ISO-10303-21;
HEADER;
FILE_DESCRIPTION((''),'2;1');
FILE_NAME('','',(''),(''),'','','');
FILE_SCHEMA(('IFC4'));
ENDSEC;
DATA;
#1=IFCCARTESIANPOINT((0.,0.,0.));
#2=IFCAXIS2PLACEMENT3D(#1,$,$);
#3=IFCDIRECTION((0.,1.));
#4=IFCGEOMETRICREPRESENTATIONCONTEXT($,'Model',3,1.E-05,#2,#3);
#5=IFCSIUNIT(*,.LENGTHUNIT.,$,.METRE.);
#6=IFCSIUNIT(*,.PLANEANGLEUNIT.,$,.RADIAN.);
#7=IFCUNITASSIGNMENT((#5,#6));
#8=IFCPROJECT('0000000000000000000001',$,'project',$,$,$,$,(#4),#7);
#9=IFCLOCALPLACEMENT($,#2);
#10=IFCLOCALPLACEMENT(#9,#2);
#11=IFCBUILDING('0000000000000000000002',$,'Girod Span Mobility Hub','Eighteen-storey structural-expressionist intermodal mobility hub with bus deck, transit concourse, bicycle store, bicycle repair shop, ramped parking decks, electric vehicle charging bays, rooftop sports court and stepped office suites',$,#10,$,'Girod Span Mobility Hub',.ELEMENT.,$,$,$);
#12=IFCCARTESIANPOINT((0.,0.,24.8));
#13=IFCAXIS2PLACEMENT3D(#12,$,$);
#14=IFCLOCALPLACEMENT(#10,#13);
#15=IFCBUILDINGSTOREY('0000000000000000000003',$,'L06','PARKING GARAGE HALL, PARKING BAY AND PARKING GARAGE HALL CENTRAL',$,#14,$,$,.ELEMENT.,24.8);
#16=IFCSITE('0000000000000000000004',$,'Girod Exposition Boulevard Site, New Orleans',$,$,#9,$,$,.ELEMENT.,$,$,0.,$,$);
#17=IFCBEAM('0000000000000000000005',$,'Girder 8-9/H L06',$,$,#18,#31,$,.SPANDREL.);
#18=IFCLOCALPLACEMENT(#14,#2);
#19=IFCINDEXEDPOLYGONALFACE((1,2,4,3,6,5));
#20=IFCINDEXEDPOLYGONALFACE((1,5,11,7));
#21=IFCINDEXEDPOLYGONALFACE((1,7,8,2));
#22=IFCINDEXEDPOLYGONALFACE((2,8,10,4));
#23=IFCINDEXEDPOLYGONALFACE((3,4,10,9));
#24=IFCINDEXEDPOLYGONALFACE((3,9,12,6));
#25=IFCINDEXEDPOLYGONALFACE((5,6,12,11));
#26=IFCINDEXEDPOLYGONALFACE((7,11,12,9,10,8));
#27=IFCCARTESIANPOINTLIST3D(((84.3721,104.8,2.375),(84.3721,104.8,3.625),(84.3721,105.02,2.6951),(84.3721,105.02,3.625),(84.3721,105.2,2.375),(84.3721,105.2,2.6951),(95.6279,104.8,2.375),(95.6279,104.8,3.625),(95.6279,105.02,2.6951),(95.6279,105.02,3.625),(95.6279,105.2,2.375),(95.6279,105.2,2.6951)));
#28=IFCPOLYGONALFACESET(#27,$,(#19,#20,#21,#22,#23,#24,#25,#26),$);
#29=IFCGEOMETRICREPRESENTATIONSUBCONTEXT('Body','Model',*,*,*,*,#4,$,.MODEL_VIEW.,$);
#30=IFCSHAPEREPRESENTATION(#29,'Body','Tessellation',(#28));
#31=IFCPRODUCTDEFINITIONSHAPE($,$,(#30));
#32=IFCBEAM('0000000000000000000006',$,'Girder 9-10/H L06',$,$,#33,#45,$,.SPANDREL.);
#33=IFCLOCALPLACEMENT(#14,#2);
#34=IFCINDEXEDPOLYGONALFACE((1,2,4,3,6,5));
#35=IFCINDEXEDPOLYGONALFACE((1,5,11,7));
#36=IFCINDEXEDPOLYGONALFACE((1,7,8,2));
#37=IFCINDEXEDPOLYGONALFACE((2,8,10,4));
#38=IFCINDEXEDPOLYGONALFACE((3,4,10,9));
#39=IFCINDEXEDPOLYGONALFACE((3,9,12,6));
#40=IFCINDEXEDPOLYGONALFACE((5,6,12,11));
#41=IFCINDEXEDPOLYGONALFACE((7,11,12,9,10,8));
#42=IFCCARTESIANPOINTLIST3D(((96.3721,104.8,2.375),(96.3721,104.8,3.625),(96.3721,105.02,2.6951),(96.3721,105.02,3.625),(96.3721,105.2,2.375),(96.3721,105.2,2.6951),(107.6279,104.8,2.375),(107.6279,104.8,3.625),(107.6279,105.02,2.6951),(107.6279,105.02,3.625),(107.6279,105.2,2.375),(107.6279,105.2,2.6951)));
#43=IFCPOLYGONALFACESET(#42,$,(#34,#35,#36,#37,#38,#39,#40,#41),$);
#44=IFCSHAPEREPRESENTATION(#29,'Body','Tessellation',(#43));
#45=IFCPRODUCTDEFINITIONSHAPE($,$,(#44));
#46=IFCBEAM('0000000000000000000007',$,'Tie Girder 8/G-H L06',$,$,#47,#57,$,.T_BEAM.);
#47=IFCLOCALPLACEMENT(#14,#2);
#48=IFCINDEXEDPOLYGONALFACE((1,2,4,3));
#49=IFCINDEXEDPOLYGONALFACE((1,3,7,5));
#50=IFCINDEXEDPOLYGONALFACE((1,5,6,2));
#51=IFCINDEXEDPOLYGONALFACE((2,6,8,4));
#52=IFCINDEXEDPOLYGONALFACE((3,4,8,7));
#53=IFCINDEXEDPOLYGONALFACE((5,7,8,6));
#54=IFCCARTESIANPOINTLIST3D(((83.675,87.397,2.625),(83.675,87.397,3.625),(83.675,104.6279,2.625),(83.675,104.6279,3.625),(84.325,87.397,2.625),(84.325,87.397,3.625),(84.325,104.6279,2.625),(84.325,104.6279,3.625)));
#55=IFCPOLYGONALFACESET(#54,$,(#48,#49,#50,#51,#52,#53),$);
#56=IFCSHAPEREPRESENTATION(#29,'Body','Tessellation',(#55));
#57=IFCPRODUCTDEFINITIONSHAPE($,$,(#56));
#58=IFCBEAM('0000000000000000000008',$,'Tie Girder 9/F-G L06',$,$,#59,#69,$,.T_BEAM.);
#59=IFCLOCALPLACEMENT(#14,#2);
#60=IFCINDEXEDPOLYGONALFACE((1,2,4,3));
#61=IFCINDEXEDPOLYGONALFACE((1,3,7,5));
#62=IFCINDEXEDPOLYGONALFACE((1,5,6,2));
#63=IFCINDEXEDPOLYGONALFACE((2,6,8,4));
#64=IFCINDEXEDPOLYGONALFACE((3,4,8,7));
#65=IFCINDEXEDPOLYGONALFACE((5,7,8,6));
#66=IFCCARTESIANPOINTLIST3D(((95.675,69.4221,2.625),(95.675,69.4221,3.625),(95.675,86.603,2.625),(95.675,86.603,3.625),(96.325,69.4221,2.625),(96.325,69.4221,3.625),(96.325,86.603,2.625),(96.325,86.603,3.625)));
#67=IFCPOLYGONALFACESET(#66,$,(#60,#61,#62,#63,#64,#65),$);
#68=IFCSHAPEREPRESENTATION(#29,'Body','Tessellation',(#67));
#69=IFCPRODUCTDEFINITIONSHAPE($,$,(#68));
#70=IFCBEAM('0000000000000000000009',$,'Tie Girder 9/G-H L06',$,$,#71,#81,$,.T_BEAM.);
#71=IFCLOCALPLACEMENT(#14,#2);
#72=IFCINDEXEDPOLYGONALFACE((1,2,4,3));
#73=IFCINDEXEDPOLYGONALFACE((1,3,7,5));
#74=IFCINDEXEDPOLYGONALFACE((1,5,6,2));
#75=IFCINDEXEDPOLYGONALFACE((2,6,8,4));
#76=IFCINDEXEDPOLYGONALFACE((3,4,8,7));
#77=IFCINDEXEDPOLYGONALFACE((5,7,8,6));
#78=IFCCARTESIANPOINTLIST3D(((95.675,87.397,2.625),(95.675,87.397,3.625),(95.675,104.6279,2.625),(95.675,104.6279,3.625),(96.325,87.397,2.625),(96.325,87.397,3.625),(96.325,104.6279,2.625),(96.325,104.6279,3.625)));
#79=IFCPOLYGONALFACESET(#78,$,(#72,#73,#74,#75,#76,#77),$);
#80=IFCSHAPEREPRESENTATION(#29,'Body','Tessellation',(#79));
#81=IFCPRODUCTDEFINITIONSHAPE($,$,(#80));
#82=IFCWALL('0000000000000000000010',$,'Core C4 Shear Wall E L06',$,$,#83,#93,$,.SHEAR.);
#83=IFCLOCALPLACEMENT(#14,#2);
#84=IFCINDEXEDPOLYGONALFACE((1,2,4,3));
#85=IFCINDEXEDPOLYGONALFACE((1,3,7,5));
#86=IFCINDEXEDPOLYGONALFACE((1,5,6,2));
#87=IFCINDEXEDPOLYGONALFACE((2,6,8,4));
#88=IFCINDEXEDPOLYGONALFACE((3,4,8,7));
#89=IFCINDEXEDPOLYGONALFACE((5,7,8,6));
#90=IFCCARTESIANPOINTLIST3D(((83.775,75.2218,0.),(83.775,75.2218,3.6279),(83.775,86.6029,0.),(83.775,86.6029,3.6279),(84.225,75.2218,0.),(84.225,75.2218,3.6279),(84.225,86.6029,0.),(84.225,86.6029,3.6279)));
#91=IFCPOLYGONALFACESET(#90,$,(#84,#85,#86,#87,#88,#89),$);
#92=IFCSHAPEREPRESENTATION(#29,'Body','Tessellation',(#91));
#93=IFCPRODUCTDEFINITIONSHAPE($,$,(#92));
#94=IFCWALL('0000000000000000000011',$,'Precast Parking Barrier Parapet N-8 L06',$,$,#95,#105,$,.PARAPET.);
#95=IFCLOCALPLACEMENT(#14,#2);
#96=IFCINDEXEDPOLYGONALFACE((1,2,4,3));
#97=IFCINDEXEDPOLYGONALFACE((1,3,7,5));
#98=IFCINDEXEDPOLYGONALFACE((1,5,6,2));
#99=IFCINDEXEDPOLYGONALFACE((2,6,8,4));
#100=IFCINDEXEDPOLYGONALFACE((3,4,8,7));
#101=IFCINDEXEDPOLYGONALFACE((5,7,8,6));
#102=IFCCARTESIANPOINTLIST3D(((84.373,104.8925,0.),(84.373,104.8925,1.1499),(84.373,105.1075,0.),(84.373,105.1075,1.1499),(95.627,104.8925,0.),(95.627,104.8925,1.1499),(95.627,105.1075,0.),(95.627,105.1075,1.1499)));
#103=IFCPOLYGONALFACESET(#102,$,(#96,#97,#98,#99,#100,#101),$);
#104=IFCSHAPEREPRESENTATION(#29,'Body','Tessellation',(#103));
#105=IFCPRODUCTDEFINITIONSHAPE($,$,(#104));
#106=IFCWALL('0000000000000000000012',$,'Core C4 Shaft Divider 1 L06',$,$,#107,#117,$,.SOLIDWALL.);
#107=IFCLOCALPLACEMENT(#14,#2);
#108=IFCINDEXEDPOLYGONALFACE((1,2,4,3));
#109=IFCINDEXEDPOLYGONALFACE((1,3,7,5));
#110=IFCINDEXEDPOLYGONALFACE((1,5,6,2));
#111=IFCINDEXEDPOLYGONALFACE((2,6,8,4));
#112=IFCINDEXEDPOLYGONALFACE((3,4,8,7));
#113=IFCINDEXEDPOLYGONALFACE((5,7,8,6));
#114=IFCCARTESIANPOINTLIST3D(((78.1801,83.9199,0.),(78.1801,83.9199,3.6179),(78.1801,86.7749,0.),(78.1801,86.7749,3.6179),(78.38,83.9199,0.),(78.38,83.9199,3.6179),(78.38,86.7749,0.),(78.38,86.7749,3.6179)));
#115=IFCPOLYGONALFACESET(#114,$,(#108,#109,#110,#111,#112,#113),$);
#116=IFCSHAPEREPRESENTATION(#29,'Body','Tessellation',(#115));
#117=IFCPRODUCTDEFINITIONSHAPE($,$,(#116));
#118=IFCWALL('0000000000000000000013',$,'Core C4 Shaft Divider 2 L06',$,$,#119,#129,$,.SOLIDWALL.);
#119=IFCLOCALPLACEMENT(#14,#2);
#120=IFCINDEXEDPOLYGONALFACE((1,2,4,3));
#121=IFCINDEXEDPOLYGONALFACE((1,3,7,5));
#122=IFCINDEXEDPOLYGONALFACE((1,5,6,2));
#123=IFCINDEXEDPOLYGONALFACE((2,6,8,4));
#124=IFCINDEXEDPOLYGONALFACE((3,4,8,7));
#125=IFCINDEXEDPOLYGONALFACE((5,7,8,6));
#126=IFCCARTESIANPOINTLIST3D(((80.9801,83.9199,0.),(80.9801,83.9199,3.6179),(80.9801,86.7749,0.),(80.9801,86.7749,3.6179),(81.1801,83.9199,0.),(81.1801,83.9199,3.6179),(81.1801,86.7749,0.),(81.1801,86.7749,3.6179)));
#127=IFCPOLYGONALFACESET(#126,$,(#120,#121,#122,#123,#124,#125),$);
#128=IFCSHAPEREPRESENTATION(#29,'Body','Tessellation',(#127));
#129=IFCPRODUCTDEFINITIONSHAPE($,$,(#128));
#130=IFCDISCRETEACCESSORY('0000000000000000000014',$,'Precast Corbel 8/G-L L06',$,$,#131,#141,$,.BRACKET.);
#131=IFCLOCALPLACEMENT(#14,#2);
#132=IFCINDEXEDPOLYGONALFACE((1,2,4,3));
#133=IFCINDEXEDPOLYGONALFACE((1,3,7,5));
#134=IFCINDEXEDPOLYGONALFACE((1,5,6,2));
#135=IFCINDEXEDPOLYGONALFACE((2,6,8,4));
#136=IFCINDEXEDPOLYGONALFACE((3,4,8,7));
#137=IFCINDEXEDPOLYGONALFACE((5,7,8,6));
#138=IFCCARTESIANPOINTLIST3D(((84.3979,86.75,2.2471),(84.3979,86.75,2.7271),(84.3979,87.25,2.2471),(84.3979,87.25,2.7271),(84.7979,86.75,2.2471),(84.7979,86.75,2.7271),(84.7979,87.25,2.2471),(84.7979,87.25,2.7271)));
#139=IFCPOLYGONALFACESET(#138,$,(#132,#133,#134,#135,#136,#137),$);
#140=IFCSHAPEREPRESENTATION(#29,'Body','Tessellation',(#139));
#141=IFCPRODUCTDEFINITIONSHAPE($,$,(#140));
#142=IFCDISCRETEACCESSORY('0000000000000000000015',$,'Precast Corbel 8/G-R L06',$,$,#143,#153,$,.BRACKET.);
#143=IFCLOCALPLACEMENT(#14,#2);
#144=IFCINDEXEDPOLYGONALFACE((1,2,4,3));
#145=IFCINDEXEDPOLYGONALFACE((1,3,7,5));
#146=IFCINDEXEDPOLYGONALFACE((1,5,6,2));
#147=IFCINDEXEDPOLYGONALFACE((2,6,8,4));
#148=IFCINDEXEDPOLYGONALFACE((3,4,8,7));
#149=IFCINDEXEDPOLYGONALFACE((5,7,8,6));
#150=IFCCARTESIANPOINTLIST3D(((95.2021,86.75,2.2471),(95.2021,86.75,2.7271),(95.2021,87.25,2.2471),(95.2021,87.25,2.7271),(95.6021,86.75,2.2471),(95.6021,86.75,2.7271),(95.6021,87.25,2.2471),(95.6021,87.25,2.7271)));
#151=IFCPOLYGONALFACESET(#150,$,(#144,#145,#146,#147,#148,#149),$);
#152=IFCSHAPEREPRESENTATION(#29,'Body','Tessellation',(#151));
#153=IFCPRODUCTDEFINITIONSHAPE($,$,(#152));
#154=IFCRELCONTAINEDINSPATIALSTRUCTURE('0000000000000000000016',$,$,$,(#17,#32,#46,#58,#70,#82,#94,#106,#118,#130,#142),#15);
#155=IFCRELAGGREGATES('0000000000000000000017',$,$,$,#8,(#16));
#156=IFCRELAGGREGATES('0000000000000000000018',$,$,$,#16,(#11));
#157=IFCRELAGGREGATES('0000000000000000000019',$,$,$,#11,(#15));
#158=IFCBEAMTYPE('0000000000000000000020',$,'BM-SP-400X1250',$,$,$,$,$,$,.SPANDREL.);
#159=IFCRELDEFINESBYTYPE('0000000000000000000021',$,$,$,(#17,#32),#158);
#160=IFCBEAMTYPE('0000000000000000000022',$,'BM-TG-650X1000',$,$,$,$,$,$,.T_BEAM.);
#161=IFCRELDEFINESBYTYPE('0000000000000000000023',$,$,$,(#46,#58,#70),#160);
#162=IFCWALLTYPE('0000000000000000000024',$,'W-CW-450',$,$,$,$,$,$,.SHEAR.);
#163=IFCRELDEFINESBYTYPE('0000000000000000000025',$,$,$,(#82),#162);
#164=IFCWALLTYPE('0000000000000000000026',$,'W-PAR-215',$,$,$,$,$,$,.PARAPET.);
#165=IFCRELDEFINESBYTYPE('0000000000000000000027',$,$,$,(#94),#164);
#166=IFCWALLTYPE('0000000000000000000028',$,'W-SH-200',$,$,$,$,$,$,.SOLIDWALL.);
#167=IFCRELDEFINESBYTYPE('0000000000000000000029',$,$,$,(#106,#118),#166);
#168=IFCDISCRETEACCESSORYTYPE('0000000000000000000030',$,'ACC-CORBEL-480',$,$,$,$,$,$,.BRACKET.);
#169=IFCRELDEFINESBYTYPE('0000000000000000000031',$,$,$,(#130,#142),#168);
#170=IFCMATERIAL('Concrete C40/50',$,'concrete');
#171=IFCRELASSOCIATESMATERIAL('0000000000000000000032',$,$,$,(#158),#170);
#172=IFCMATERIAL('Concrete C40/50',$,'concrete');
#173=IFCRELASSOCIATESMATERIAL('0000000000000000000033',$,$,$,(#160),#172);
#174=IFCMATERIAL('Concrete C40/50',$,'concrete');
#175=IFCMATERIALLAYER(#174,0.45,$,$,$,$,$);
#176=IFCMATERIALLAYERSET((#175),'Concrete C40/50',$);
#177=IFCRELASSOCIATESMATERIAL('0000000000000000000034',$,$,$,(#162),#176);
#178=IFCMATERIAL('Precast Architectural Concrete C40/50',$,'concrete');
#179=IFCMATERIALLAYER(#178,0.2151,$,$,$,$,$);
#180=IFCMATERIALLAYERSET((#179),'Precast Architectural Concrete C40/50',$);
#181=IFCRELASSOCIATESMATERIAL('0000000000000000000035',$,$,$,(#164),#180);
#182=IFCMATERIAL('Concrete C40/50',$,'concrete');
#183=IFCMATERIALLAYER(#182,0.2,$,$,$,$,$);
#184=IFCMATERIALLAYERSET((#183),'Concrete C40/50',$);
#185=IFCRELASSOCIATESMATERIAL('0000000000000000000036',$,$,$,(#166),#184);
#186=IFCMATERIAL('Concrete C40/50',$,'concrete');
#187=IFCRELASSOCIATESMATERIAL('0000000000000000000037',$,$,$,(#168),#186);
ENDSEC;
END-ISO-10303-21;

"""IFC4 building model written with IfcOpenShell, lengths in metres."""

from ifc_helpers import new_model, si_unit, direction, frame, frame_2d, origin, origin_2d, place, context, subcontext, project, spatial, polyline, rectangle, outline, extrude, material, layer, layer_set, material_profile, profile_set, type_object, element, save


model = new_model("IFC4")

# Units and contexts
model_context = context("Model", 3, precision=1e-05, world=origin(), true_north=direction((0.0, 1.0)))
body_context = subcontext(model_context, "Body", "Model", "MODEL_VIEW")
ifc_project = project(units=[si_unit("LENGTHUNIT", "METRE"), si_unit("PLANEANGLEUNIT", "RADIAN")], contexts=[model_context])

# Site, building, storey
site_placement = place(None, origin())
site = spatial("IfcSite", under=ifc_project, at=site_placement, Name="Girod Exposition Boulevard Site, New Orleans", CompositionType="ELEMENT", RefElevation=0.0)
building_placement = place(site_placement, origin())
building = spatial("IfcBuilding", under=site, at=building_placement, Name="Girod Span Mobility Hub", Description="Eighteen-storey structural-expressionist intermodal mobility hub with bus deck, transit concourse, bicycle store, bicycle repair shop, ramped parking decks, electric vehicle charging bays, rooftop sports court and stepped office suites", LongName="Girod Span Mobility Hub", CompositionType="ELEMENT")
storey_placement = place(building_placement, frame((0.0, 0.0, 24.8)))
storey = spatial("IfcBuildingStorey", under=building, at=storey_placement, Name="L06", Description="PARKING GARAGE HALL, PARKING BAY AND PARKING GARAGE HALL CENTRAL", CompositionType="ELEMENT", Elevation=24.8)

# Beams
ifc_material_1 = material(Name="Concrete C40/50", Category="concrete")
ifc_material_profile_1 = material_profile(ifc_material_1, outline(polyline([(-0.2, -0.625), (0.2, -0.625), (0.2, -0.3049), (0.02, -0.3049), (0.02, 0.625), (-0.2, 0.625), (-0.2, -0.625)])), Name="SP-400X1250")
ifc_profile_set_1 = profile_set([ifc_material_profile_1], Name="Concrete C40/50")
beam_type_1 = type_object("IfcBeamType", Name="BM-SP-400X1250", PredefinedType="SPANDREL", material=ifc_profile_set_1)
for number, where, z_axis, x_axis, name in (
    (1, (84.3721, 105.0, 3.0), (1.0, 0.0, 0.0), (0.0, 1.0, 0.0), "Girder 8-9/H L06"),
    (2, (96.3721, 105.0, 3.0), (1.0, 0.0, 0.0), (0.0, 1.0, 0.0), "Girder 9-10/H L06"),
):
    element("IfcBeam", number, at=place(storey_placement, frame(where, z_axis=z_axis, x_axis=x_axis)), inside=storey, type_object=beam_type_1, Name=name, PredefinedType="SPANDREL", context=body_context, shape_type="SweptSolid", body=[
        extrude(outline(polyline([(-0.2, -0.625), (0.2, -0.625), (0.2, -0.3049), (0.02, -0.3049), (0.02, 0.625), (-0.2, 0.625), (-0.2, -0.625)])), origin(), (0.0, 0.0, 1.0), 11.2559),
    ])
ifc_material_2 = material(Name="Concrete C40/50", Category="concrete")
ifc_material_profile_2 = material_profile(ifc_material_2, rectangle(XDim=0.6499, YDim=1.0, at=origin_2d()), Name="TG-650X1000")
ifc_profile_set_2 = profile_set([ifc_material_profile_2], Name="Concrete C40/50")
beam_type_2 = type_object("IfcBeamType", Name="BM-TG-650X1000", PredefinedType="T_BEAM", material=ifc_profile_set_2)
beam_1_placement = place(storey_placement, frame((84.0, 87.397, 3.125), z_axis=(0.0, 1.0, 0.0), x_axis=(-1.0, 0.0, 0.0)))
element("IfcBeam", 3, at=beam_1_placement, inside=storey, type_object=beam_type_2, Name="Tie Girder 8/G-H L06", PredefinedType="T_BEAM", context=body_context, shape_type="SweptSolid", body=[
    extrude(rectangle(XDim=0.6499, YDim=1.0, at=origin_2d()), origin(), (0.0, 0.0, 1.0), 17.231),
])
beam_2_placement = place(storey_placement, frame((96.0, 69.4221, 3.125), z_axis=(0.0, 1.0, 0.0), x_axis=(-1.0, 0.0, 0.0)))
element("IfcBeam", 4, at=beam_2_placement, inside=storey, type_object=beam_type_2, Name="Tie Girder 9/F-G L06", PredefinedType="T_BEAM", context=body_context, shape_type="SweptSolid", body=[
    extrude(rectangle(XDim=0.6499, YDim=1.0, at=origin_2d()), origin(), (0.0, 0.0, 1.0), 17.1809),
])
beam_3_placement = place(storey_placement, frame((96.0, 87.397, 3.125), z_axis=(0.0, 1.0, 0.0), x_axis=(-1.0, 0.0, 0.0)))
element("IfcBeam", 5, at=beam_3_placement, inside=storey, type_object=beam_type_2, Name="Tie Girder 9/G-H L06", PredefinedType="T_BEAM", context=body_context, shape_type="SweptSolid", body=[
    extrude(rectangle(XDim=0.6499, YDim=1.0, at=origin_2d()), origin(), (0.0, 0.0, 1.0), 17.231),
])

# Walls
ifc_material_3 = material(Name="Concrete C40/50", Category="concrete")
ifc_layer_1 = layer(ifc_material_3, 0.45)
ifc_layer_set_1 = layer_set([ifc_layer_1], Name="Concrete C40/50")
wall_type_1 = type_object("IfcWallType", Name="W-CW-450", PredefinedType="SHEAR", material=ifc_layer_set_1)
wall_1_placement = place(storey_placement, frame((84.0, 75.2219, 0.0), z_axis=(0.0, 0.0, 1.0), x_axis=(0.0, 1.0, 0.0)))
element("IfcWall", 6, at=wall_1_placement, inside=storey, type_object=wall_type_1, Name="Core C4 Shear Wall E L06", PredefinedType="SHEAR", context=body_context, shape_type="SweptSolid", body=[
    extrude(rectangle(XDim=11.3811, YDim=0.45, at=frame_2d((5.6904, 0.0))), origin(), (0.0, 0.0, 1.0), 3.6279),
])
ifc_material_4 = material(Name="Precast Architectural Concrete C40/50", Category="concrete")
ifc_layer_2 = layer(ifc_material_4, 0.2151)
ifc_layer_set_2 = layer_set([ifc_layer_2], Name="Precast Architectural Concrete C40/50")
wall_type_2 = type_object("IfcWallType", Name="W-PAR-215", PredefinedType="PARAPET", material=ifc_layer_set_2)
wall_2_placement = place(storey_placement, frame((84.373, 105.0, 0.0), z_axis=(0.0, 0.0, 1.0), x_axis=(1.0, 0.0, 0.0)))
element("IfcWall", 7, at=wall_2_placement, inside=storey, type_object=wall_type_2, Name="Precast Parking Barrier Parapet N-8 L06", PredefinedType="PARAPET", context=body_context, shape_type="SweptSolid", body=[
    extrude(rectangle(XDim=11.2539, YDim=0.2151, at=frame_2d((5.627, 0.0))), origin(), (0.0, 0.0, 1.0), 1.1499),
])
ifc_material_5 = material(Name="Concrete C40/50", Category="concrete")
ifc_layer_3 = layer(ifc_material_5, 0.2)
ifc_layer_set_3 = layer_set([ifc_layer_3], Name="Concrete C40/50")
wall_type_3 = type_object("IfcWallType", Name="W-SH-200", PredefinedType="SOLIDWALL", material=ifc_layer_set_3)
for number, where, z_axis, x_axis, name in (
    (8, (78.28, 83.9199, 0.0), (0.0, 0.0, 1.0), (0.0, 1.0, 0.0), "Core C4 Shaft Divider 1 L06"),
    (9, (81.0801, 83.9199, 0.0), (0.0, 0.0, 1.0), (0.0, 1.0, 0.0), "Core C4 Shaft Divider 2 L06"),
):
    element("IfcWall", number, at=place(storey_placement, frame(where, z_axis=z_axis, x_axis=x_axis)), inside=storey, type_object=wall_type_3, Name=name, PredefinedType="SOLIDWALL", context=body_context, shape_type="SweptSolid", body=[
        extrude(rectangle(XDim=2.855, YDim=0.2, at=frame_2d((1.4275, 0.0))), origin(), (0.0, 0.0, 1.0), 3.6179),
    ])

# Discrete accessories
ifc_material_6 = material(Name="Concrete C40/50", Category="concrete")
discrete_accessory_type = type_object("IfcDiscreteAccessoryType", Name="ACC-CORBEL-480", PredefinedType="BRACKET", material=ifc_material_6)
for number, where, z_axis, x_axis, name in (
    (10, (84.5979, 87.0, 2.2471), (0.0, 0.0, 1.0), (1.0, 0.0, 0.0), "Precast Corbel 8/G-L L06"),
    (11, (95.4021, 87.0, 2.2471), (0.0, 0.0, 1.0), (1.0, 0.0, 0.0), "Precast Corbel 8/G-R L06"),
):
    element("IfcDiscreteAccessory", number, at=place(storey_placement, frame(where, z_axis=z_axis, x_axis=x_axis)), inside=storey, type_object=discrete_accessory_type, Name=name, PredefinedType="BRACKET", context=body_context, shape_type="SweptSolid", body=[
        extrude(rectangle(XDim=0.3999, YDim=0.5, at=origin_2d()), origin(), (0.0, 0.0, 1.0), 0.48),
    ])

save(model, "model.ifc")
